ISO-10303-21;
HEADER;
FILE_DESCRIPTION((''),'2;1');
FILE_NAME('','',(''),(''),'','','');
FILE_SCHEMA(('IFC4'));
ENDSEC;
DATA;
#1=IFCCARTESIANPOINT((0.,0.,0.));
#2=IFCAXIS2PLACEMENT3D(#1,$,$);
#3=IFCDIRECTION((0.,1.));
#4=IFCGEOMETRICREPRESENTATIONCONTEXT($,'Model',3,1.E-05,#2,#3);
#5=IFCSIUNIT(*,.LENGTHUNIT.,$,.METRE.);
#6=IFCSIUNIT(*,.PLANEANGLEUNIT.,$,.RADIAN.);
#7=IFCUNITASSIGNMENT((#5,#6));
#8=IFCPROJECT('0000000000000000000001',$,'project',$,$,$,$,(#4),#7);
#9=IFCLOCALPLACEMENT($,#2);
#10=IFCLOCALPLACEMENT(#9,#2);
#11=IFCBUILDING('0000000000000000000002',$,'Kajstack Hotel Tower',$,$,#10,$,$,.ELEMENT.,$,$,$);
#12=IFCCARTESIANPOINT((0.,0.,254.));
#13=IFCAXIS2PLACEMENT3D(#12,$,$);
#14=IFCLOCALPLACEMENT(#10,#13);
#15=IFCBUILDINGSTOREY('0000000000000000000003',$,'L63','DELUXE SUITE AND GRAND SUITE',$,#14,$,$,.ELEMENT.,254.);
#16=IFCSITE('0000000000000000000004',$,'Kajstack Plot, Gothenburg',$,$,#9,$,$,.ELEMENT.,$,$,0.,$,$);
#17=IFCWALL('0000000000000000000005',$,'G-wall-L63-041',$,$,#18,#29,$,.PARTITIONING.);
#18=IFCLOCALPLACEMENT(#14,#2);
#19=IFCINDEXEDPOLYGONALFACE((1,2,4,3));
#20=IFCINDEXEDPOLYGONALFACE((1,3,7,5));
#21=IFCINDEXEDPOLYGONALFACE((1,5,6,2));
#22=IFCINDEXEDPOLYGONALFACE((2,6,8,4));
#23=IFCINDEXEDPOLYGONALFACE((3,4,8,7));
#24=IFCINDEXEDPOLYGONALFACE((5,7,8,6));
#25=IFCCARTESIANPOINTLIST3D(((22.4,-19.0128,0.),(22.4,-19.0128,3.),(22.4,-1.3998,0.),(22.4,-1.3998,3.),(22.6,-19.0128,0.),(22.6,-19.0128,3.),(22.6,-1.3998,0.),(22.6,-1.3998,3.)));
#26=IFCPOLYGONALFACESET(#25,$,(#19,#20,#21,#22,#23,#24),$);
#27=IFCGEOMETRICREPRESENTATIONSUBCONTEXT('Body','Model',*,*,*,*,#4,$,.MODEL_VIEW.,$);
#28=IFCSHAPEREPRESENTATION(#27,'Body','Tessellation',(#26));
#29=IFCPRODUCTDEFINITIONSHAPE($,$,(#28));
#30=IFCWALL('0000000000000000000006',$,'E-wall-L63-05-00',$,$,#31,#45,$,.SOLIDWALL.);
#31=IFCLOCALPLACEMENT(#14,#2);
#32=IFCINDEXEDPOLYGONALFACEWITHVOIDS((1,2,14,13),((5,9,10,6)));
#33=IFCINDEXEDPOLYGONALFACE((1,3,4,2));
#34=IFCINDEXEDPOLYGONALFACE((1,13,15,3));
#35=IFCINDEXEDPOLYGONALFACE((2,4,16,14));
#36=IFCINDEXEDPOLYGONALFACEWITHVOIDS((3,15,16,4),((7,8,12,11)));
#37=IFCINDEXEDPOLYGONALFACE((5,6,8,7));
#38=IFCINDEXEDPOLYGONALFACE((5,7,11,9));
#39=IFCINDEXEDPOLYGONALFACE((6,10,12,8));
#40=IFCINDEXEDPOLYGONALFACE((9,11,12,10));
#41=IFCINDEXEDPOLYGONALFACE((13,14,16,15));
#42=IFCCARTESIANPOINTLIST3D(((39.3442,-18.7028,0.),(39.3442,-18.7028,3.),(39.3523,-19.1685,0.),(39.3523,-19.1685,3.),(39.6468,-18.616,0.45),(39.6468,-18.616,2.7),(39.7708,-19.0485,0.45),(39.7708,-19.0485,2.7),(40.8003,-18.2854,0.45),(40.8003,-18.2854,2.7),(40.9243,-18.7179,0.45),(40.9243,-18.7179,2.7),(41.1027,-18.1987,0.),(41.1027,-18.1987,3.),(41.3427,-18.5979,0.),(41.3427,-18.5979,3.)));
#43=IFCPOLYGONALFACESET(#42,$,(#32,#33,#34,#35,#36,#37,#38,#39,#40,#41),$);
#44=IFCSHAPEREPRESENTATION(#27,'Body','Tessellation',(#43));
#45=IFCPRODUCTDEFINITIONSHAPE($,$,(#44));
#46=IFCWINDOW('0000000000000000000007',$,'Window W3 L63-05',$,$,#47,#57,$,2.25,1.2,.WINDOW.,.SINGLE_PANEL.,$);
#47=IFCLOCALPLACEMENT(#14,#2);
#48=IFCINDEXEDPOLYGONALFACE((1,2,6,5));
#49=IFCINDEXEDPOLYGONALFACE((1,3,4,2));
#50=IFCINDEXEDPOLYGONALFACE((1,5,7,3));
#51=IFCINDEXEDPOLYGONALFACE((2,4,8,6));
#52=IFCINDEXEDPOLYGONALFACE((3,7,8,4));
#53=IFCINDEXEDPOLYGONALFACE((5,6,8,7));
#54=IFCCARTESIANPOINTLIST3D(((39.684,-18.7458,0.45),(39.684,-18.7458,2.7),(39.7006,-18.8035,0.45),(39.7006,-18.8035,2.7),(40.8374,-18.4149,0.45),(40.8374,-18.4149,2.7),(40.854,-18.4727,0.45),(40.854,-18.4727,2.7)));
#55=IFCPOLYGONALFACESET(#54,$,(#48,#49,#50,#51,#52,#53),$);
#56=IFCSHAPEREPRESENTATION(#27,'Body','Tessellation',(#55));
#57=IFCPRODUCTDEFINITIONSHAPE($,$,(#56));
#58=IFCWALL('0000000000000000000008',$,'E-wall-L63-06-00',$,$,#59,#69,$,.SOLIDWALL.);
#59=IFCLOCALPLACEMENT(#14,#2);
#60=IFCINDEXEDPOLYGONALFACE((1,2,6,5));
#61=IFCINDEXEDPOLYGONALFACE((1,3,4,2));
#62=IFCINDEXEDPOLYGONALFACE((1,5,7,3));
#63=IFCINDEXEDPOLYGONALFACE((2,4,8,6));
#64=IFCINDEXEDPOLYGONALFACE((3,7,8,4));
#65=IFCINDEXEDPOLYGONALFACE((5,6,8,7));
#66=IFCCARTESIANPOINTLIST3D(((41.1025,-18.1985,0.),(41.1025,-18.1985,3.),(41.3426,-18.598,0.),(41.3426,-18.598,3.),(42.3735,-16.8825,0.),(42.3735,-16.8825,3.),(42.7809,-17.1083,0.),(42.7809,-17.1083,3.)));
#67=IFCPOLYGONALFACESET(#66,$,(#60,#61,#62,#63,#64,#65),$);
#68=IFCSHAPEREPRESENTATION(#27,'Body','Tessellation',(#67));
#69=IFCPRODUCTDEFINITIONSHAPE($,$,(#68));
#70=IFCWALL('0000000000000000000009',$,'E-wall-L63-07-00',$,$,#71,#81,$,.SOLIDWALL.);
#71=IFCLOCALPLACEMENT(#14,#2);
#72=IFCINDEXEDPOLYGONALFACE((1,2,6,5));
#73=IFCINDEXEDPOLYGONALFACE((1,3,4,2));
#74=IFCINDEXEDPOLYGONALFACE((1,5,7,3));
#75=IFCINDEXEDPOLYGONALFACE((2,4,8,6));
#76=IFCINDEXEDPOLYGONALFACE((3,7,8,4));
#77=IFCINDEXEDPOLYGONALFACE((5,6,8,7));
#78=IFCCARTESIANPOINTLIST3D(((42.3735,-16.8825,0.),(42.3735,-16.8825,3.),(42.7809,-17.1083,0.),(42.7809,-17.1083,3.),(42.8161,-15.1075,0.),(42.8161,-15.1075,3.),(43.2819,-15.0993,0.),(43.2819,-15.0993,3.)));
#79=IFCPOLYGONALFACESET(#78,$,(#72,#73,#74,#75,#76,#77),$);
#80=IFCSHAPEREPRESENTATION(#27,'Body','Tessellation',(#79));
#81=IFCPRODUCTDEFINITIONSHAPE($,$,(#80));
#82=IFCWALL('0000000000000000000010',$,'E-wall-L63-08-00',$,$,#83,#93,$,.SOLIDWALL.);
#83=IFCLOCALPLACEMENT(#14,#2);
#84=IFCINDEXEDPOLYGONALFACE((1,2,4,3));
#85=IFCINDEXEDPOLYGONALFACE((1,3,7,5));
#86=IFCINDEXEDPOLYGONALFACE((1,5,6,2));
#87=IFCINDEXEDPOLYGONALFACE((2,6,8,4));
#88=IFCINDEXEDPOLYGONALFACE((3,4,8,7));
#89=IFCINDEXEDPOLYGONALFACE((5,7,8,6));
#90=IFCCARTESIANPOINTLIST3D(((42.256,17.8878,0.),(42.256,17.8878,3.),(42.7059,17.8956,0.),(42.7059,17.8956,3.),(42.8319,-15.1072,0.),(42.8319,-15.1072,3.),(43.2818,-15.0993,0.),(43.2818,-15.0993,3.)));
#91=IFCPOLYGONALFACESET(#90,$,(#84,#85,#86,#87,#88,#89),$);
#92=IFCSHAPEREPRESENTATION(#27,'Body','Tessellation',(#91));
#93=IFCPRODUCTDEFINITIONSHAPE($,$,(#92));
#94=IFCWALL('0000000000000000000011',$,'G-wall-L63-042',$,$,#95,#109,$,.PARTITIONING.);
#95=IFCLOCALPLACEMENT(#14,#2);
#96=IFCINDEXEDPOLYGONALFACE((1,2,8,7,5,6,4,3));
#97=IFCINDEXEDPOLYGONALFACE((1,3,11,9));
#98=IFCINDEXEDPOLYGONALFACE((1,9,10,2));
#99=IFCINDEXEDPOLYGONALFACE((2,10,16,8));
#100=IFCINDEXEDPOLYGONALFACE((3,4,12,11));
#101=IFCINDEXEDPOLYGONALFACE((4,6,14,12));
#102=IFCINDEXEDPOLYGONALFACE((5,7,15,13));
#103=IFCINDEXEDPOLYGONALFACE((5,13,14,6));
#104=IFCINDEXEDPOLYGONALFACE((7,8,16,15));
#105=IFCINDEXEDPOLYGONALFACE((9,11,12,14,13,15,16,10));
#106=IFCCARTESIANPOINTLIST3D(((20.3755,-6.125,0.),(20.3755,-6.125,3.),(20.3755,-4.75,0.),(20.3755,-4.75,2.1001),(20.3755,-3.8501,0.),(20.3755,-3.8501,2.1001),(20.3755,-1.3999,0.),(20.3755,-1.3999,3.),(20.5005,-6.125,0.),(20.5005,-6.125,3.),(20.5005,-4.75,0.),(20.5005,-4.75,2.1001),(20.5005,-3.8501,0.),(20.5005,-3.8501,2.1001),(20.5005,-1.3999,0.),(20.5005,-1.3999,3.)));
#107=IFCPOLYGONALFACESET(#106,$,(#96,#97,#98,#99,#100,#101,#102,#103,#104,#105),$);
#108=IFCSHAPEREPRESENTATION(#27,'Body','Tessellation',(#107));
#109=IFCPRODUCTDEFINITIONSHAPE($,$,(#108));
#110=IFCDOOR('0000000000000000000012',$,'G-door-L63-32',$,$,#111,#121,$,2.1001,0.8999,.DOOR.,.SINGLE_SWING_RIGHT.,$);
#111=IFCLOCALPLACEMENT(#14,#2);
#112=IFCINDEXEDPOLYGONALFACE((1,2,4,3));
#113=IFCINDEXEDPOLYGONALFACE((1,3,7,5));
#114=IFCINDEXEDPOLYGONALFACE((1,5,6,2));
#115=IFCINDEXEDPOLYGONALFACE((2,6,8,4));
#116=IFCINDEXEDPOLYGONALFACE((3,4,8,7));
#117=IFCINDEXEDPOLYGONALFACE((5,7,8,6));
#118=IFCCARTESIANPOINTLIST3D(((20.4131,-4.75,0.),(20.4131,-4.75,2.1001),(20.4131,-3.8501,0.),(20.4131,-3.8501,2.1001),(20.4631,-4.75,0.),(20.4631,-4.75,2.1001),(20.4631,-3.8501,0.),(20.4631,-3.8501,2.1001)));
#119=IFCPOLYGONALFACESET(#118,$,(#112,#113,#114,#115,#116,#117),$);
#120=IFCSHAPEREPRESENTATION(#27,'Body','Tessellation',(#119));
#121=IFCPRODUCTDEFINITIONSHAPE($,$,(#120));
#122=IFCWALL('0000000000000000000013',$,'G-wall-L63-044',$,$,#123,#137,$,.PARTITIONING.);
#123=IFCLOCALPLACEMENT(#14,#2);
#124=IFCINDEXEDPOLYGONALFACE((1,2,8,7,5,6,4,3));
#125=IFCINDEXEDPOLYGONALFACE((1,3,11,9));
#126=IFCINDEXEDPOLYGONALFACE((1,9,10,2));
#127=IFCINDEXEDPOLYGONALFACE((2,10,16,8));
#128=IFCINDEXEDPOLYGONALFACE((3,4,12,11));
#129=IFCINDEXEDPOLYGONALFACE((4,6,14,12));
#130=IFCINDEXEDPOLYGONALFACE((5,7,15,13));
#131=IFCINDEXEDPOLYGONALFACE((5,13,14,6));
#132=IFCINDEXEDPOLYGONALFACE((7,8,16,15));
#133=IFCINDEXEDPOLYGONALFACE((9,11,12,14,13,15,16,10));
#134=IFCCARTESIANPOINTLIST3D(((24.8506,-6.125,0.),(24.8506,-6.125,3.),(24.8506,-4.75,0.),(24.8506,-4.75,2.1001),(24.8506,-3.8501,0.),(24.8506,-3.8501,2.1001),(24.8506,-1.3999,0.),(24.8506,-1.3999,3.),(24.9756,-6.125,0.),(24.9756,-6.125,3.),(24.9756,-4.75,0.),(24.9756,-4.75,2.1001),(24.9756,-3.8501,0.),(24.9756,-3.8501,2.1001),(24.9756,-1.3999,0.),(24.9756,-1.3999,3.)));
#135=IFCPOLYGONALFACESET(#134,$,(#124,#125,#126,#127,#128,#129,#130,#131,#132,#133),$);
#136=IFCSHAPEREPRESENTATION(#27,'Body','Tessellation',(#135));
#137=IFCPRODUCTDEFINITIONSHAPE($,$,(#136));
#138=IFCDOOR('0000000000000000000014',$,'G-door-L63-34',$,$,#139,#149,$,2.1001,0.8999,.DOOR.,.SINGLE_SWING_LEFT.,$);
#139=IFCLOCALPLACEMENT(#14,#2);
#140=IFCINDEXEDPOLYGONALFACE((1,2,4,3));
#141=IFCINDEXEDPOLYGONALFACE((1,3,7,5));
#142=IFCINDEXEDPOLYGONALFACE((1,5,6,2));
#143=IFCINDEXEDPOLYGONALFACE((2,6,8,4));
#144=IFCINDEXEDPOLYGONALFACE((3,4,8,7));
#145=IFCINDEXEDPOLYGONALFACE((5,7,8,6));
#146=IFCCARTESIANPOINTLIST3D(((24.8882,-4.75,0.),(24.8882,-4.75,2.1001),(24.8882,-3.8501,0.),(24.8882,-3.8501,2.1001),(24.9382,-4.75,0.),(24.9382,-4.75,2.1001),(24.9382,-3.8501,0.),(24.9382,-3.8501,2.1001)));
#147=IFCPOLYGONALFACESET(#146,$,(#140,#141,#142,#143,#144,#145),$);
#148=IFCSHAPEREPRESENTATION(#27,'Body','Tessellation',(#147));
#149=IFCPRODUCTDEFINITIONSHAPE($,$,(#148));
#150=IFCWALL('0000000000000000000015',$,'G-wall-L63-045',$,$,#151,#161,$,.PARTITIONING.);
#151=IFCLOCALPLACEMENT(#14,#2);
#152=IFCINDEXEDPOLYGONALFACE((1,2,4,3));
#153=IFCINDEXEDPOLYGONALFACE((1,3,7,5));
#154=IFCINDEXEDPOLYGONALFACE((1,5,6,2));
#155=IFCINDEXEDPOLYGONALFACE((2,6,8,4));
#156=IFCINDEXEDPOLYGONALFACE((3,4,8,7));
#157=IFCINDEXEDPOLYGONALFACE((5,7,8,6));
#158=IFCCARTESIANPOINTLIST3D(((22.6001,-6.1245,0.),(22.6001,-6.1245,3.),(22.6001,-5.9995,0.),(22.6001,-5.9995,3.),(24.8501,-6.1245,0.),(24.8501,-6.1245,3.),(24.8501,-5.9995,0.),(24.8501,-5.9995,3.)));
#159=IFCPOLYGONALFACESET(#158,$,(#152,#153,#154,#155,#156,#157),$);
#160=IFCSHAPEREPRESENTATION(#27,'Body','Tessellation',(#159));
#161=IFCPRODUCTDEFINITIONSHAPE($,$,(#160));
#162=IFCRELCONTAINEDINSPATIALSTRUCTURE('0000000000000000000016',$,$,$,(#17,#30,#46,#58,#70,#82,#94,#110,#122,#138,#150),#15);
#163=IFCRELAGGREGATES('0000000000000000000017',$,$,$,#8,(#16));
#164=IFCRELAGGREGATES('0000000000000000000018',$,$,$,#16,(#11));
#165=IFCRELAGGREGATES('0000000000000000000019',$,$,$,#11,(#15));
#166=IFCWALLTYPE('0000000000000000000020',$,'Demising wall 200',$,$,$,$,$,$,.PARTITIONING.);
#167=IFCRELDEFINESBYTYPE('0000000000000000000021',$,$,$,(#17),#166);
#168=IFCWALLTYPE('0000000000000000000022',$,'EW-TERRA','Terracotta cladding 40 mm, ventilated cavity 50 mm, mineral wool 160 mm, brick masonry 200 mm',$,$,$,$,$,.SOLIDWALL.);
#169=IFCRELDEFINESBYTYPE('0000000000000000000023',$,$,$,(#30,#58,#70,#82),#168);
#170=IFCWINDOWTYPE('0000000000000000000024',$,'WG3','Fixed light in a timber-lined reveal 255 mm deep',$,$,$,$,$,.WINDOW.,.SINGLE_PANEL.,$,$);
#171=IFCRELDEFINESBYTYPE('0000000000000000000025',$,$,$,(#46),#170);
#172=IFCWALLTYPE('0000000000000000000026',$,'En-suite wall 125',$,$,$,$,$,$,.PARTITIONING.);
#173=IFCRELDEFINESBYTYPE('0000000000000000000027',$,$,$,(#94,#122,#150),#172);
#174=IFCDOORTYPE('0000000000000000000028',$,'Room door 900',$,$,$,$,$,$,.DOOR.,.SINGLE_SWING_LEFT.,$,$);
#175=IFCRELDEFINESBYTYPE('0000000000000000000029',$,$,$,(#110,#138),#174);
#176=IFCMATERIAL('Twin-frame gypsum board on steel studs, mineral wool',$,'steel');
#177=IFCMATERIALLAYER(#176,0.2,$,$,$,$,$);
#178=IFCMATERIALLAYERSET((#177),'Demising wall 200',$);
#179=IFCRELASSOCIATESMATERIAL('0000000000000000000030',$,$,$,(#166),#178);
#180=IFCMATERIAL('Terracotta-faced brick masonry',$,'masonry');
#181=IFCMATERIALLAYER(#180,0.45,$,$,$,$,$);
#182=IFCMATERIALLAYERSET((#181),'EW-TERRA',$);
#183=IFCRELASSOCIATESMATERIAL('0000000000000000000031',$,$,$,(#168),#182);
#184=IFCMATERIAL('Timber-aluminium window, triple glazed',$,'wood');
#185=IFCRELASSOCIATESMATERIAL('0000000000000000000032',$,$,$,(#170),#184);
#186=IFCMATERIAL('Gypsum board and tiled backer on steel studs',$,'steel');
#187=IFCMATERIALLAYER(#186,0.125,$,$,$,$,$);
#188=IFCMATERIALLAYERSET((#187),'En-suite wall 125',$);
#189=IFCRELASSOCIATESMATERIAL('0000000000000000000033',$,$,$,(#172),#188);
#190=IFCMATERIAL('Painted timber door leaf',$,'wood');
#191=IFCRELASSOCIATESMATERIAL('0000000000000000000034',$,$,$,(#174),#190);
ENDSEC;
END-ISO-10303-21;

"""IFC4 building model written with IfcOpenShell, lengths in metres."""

from ifc_helpers import new_model, si_unit, direction, frame, frame_2d, origin, place, context, subcontext, project, spatial, polyline, rectangle, outline, extrude, material, layer, layer_set, type_object, element, fill, save


model = new_model("IFC4")

# Units and contexts
model_context = context("Model", 3, precision=1e-05, world=origin(), true_north=direction((0.0, 1.0)))
body_context = subcontext(model_context, "Body", "Model", "MODEL_VIEW")
ifc_project = project(units=[si_unit("LENGTHUNIT", "METRE"), si_unit("PLANEANGLEUNIT", "RADIAN")], contexts=[model_context])

# Site, building, storey
site_placement = place(None, origin())
site = spatial("IfcSite", under=ifc_project, at=site_placement, Name="Kajstack Plot, Gothenburg", CompositionType="ELEMENT", RefElevation=0.0)
building_placement = place(site_placement, origin())
building = spatial("IfcBuilding", under=site, at=building_placement, Name="Kajstack Hotel Tower", CompositionType="ELEMENT")
storey_placement = place(building_placement, frame((0.0, 0.0, 254.0)))
storey = spatial("IfcBuildingStorey", under=building, at=storey_placement, Name="L63", Description="DELUXE SUITE AND GRAND SUITE", CompositionType="ELEMENT", Elevation=254.0)

# Wall
ifc_material_1 = material(Name="Twin-frame gypsum board on steel studs, mineral wool", Category="steel")
ifc_layer_1 = layer(ifc_material_1, 0.2)
ifc_layer_set_1 = layer_set([ifc_layer_1], Name="Demising wall 200")
wall_type_1 = type_object("IfcWallType", Name="Demising wall 200", PredefinedType="PARTITIONING", material=ifc_layer_set_1)
wall_1_placement = place(storey_placement, frame((22.5, -19.0129, 0.0), z_axis=(0.0, 0.0, 1.0), x_axis=(0.0, 1.0, 0.0)))
element("IfcWall", 1, at=wall_1_placement, inside=storey, type_object=wall_type_1, Name="G-wall-L63-041", PredefinedType="PARTITIONING", context=body_context, shape_type="SweptSolid", body=[
    extrude(rectangle(XDim=17.613, YDim=0.2, at=frame_2d((8.8066, 0.0))), origin(), (0.0, 0.0, 1.0), 3.0),
])

# Wall, opening, window
ifc_material_2 = material(Name="Terracotta-faced brick masonry", Category="masonry")
ifc_layer_2 = layer(ifc_material_2, 0.45)
ifc_layer_set_2 = layer_set([ifc_layer_2], Name="EW-TERRA")
wall_type_2 = type_object("IfcWallType", Name="EW-TERRA", Description="Terracotta cladding 40 mm, ventilated cavity 50 mm, mineral wool 160 mm, brick masonry 200 mm", PredefinedType="SOLIDWALL", material=ifc_layer_set_2)
wall_2_placement = place(storey_placement, frame((39.2903, -18.9524, 0.0), z_axis=(0.0, 0.0, 1.0), x_axis=(0.961248, 0.275687, 0.0)))
wall_2 = element("IfcWall", 2, at=wall_2_placement, inside=storey, type_object=wall_type_2, Name="E-wall-L63-05-00", PredefinedType="SOLIDWALL", context=body_context, shape_type="SweptSolid", body=[
    extrude(outline(polyline([(0.0, -0.2249), (2.0706, -0.2251), (1.95, 0.2249), (0.1206, 0.2251), (0.0, -0.2249)])), origin(), (0.0, 0.0, 1.0), 3.0),
])
opening_1_placement = place(wall_2_placement, frame((0.4353, 0.0, 0.45)))
opening_1 = element("IfcOpeningElement", 3, at=opening_1_placement, cuts=wall_2, PredefinedType="OPENING", context=body_context, shape_type="SweptSolid", body=[
    extrude(rectangle(XDim=1.2, YDim=2.25, at=frame_2d((0.6001, 1.125))), frame((0.0, 0.2349, 0.0), z_axis=(0.0, -1.0, 0.0), x_axis=(1.0, 0.0, 0.0)), (0.0, 0.0, 1.0), 0.47),
])
ifc_material_3 = material(Name="Timber-aluminium window, triple glazed", Category="wood")
window_type = type_object("IfcWindowType", Name="WG3", Description="Fixed light in a timber-lined reveal 255 mm deep", PartitioningType="SINGLE_PANEL", PredefinedType="WINDOW", material=ifc_material_3)
window_placement = place(opening_1_placement, origin())
window = element("IfcWindow", 4, at=window_placement, inside=storey, type_object=window_type, Name="Window W3 L63-05", OverallHeight=2.25, OverallWidth=1.2, PartitioningType="SINGLE_PANEL", PredefinedType="WINDOW", context=body_context, shape_type="SweptSolid", body=[
    extrude(rectangle(XDim=1.2, YDim=2.25, at=frame_2d((0.6001, 1.125))), frame((0.0, 0.0901, 0.0), z_axis=(0.0, -1.0, 0.0), x_axis=(1.0, 0.0, 0.0)), (0.0, 0.0, 1.0), 0.0601),
])
fill(opening_1, window)

# Walls
wall_3_placement = place(storey_placement, frame((41.1807, -18.4417, 0.0), z_axis=(0.0, 0.0, 1.0), x_axis=(0.694679, 0.71932, 0.0)))
element("IfcWall", 5, at=wall_3_placement, inside=storey, type_object=wall_type_2, Name="E-wall-L63-06-00", PredefinedType="SOLIDWALL", context=body_context, shape_type="SweptSolid", body=[
    extrude(outline(polyline([(0.0, -0.2251), (2.0708, -0.2249), (1.9502, 0.2251), (0.1206, 0.2251), (0.0, -0.2251)])), origin(), (0.0, 0.0, 1.0), 3.0),
])
wall_4_placement = place(storey_placement, frame((42.5627, -17.054, 0.0), z_axis=(0.0, 0.0, 1.0), x_axis=(0.241842, 0.970316, 0.0)))
element("IfcWall", 6, at=wall_4_placement, inside=storey, type_object=wall_type_2, Name="E-wall-L63-07-00", PredefinedType="SOLIDWALL", context=body_context, shape_type="SweptSolid", body=[
    extrude(outline(polyline([(0.0, -0.2249), (2.0706, -0.2251), (1.95, 0.2249), (0.1206, 0.2251), (0.0, -0.2249)])), origin(), (0.0, 0.0, 1.0), 3.0),
])
wall_5_placement = place(storey_placement, frame((43.0569, -15.1033, 0.0), z_axis=(0.0, 0.0, 1.0), x_axis=(-0.017452, 0.999848, 0.0)))
element("IfcWall", 7, at=wall_5_placement, inside=storey, type_object=wall_type_2, Name="E-wall-L63-08-00", PredefinedType="SOLIDWALL", context=body_context, shape_type="SweptSolid", body=[
    extrude(rectangle(XDim=33.0, YDim=0.45, at=frame_2d((16.5, 0.0))), origin(), (0.0, 0.0, 1.0), 3.0),
])

# Walls, openings, doors
ifc_material_4 = material(Name="Gypsum board and tiled backer on steel studs", Category="steel")
ifc_layer_3 = layer(ifc_material_4, 0.125)
ifc_layer_set_3 = layer_set([ifc_layer_3], Name="En-suite wall 125")
wall_type_3 = type_object("IfcWallType", Name="En-suite wall 125", PredefinedType="PARTITIONING", material=ifc_layer_set_3)
wall_6_placement = place(storey_placement, frame((20.438, -6.125, 0.0), z_axis=(0.0, 0.0, 1.0), x_axis=(0.0, 1.0, 0.0)))
wall_6 = element("IfcWall", 8, at=wall_6_placement, inside=storey, type_object=wall_type_3, Name="G-wall-L63-042", PredefinedType="PARTITIONING", context=body_context, shape_type="SweptSolid", body=[
    extrude(rectangle(XDim=4.7251, YDim=0.125, at=frame_2d((2.3625, 0.0))), origin(), (0.0, 0.0, 1.0), 3.0),
])
opening_2_placement = place(wall_6_placement, frame((1.375, 0.0, 0.0)))
opening_2 = element("IfcOpeningElement", 9, at=opening_2_placement, cuts=wall_6, PredefinedType="OPENING", context=body_context, shape_type="SweptSolid", body=[
    extrude(rectangle(XDim=0.8999, YDim=2.1001, at=frame_2d((0.45, 1.05))), frame((0.0, 0.0725, 0.0), z_axis=(0.0, -1.0, 0.0), x_axis=(1.0, 0.0, 0.0)), (0.0, 0.0, 1.0), 0.145),
])
ifc_material_5 = material(Name="Painted timber door leaf", Category="wood")
door_type_1 = type_object("IfcDoorType", Name="Room door 900", OperationType="SINGLE_SWING_LEFT", PredefinedType="DOOR", material=ifc_material_5)
door_1_placement = place(opening_2_placement, origin())
door_1 = element("IfcDoor", 10, at=door_1_placement, inside=storey, type_object=door_type_1, Name="G-door-L63-32", OperationType="SINGLE_SWING_RIGHT", OverallHeight=2.1001, OverallWidth=0.8999, PredefinedType="DOOR", context=body_context, shape_type="SweptSolid", body=[
    extrude(rectangle(XDim=0.8999, YDim=2.1001, at=frame_2d((0.45, 1.05))), frame((0.0, 0.0249, 0.0), z_axis=(0.0, -1.0, 0.0), x_axis=(1.0, 0.0, 0.0)), (0.0, 0.0, 1.0), 0.05),
])
fill(opening_2, door_1)
wall_7_placement = place(storey_placement, frame((24.9131, -6.125, 0.0), z_axis=(0.0, 0.0, 1.0), x_axis=(0.0, 1.0, 0.0)))
wall_7 = element("IfcWall", 11, at=wall_7_placement, inside=storey, type_object=wall_type_3, Name="G-wall-L63-044", PredefinedType="PARTITIONING", context=body_context, shape_type="SweptSolid", body=[
    extrude(rectangle(XDim=4.7251, YDim=0.125, at=frame_2d((2.3625, 0.0))), origin(), (0.0, 0.0, 1.0), 3.0),
])
opening_3_placement = place(wall_7_placement, frame((1.375, 0.0, 0.0)))
opening_3 = element("IfcOpeningElement", 12, at=opening_3_placement, cuts=wall_7, PredefinedType="OPENING", context=body_context, shape_type="SweptSolid", body=[
    extrude(rectangle(XDim=0.8999, YDim=2.1001, at=frame_2d((0.45, 1.05))), frame((0.0, 0.0725, 0.0), z_axis=(0.0, -1.0, 0.0), x_axis=(1.0, 0.0, 0.0)), (0.0, 0.0, 1.0), 0.145),
])
door_2_placement = place(opening_3_placement, origin())
door_2 = element("IfcDoor", 13, at=door_2_placement, inside=storey, type_object=door_type_1, Name="G-door-L63-34", OperationType="SINGLE_SWING_LEFT", OverallHeight=2.1001, OverallWidth=0.8999, PredefinedType="DOOR", context=body_context, shape_type="SweptSolid", body=[
    extrude(rectangle(XDim=0.8999, YDim=2.1001, at=frame_2d((0.45, 1.05))), frame((0.0, 0.0249, 0.0), z_axis=(0.0, -1.0, 0.0), x_axis=(1.0, 0.0, 0.0)), (0.0, 0.0, 1.0), 0.05),
])
fill(opening_3, door_2)

# Wall
wall_8_placement = place(storey_placement, frame((22.6001, -6.062, 0.0), z_axis=(0.0, 0.0, 1.0), x_axis=(1.0, 0.0, 0.0)))
element("IfcWall", 14, at=wall_8_placement, inside=storey, type_object=wall_type_3, Name="G-wall-L63-045", PredefinedType="PARTITIONING", context=body_context, shape_type="SweptSolid", body=[
    extrude(rectangle(XDim=2.25, YDim=0.125, at=frame_2d((1.125, 0.0))), origin(), (0.0, 0.0, 1.0), 3.0),
])

save(model, "model.ifc")
